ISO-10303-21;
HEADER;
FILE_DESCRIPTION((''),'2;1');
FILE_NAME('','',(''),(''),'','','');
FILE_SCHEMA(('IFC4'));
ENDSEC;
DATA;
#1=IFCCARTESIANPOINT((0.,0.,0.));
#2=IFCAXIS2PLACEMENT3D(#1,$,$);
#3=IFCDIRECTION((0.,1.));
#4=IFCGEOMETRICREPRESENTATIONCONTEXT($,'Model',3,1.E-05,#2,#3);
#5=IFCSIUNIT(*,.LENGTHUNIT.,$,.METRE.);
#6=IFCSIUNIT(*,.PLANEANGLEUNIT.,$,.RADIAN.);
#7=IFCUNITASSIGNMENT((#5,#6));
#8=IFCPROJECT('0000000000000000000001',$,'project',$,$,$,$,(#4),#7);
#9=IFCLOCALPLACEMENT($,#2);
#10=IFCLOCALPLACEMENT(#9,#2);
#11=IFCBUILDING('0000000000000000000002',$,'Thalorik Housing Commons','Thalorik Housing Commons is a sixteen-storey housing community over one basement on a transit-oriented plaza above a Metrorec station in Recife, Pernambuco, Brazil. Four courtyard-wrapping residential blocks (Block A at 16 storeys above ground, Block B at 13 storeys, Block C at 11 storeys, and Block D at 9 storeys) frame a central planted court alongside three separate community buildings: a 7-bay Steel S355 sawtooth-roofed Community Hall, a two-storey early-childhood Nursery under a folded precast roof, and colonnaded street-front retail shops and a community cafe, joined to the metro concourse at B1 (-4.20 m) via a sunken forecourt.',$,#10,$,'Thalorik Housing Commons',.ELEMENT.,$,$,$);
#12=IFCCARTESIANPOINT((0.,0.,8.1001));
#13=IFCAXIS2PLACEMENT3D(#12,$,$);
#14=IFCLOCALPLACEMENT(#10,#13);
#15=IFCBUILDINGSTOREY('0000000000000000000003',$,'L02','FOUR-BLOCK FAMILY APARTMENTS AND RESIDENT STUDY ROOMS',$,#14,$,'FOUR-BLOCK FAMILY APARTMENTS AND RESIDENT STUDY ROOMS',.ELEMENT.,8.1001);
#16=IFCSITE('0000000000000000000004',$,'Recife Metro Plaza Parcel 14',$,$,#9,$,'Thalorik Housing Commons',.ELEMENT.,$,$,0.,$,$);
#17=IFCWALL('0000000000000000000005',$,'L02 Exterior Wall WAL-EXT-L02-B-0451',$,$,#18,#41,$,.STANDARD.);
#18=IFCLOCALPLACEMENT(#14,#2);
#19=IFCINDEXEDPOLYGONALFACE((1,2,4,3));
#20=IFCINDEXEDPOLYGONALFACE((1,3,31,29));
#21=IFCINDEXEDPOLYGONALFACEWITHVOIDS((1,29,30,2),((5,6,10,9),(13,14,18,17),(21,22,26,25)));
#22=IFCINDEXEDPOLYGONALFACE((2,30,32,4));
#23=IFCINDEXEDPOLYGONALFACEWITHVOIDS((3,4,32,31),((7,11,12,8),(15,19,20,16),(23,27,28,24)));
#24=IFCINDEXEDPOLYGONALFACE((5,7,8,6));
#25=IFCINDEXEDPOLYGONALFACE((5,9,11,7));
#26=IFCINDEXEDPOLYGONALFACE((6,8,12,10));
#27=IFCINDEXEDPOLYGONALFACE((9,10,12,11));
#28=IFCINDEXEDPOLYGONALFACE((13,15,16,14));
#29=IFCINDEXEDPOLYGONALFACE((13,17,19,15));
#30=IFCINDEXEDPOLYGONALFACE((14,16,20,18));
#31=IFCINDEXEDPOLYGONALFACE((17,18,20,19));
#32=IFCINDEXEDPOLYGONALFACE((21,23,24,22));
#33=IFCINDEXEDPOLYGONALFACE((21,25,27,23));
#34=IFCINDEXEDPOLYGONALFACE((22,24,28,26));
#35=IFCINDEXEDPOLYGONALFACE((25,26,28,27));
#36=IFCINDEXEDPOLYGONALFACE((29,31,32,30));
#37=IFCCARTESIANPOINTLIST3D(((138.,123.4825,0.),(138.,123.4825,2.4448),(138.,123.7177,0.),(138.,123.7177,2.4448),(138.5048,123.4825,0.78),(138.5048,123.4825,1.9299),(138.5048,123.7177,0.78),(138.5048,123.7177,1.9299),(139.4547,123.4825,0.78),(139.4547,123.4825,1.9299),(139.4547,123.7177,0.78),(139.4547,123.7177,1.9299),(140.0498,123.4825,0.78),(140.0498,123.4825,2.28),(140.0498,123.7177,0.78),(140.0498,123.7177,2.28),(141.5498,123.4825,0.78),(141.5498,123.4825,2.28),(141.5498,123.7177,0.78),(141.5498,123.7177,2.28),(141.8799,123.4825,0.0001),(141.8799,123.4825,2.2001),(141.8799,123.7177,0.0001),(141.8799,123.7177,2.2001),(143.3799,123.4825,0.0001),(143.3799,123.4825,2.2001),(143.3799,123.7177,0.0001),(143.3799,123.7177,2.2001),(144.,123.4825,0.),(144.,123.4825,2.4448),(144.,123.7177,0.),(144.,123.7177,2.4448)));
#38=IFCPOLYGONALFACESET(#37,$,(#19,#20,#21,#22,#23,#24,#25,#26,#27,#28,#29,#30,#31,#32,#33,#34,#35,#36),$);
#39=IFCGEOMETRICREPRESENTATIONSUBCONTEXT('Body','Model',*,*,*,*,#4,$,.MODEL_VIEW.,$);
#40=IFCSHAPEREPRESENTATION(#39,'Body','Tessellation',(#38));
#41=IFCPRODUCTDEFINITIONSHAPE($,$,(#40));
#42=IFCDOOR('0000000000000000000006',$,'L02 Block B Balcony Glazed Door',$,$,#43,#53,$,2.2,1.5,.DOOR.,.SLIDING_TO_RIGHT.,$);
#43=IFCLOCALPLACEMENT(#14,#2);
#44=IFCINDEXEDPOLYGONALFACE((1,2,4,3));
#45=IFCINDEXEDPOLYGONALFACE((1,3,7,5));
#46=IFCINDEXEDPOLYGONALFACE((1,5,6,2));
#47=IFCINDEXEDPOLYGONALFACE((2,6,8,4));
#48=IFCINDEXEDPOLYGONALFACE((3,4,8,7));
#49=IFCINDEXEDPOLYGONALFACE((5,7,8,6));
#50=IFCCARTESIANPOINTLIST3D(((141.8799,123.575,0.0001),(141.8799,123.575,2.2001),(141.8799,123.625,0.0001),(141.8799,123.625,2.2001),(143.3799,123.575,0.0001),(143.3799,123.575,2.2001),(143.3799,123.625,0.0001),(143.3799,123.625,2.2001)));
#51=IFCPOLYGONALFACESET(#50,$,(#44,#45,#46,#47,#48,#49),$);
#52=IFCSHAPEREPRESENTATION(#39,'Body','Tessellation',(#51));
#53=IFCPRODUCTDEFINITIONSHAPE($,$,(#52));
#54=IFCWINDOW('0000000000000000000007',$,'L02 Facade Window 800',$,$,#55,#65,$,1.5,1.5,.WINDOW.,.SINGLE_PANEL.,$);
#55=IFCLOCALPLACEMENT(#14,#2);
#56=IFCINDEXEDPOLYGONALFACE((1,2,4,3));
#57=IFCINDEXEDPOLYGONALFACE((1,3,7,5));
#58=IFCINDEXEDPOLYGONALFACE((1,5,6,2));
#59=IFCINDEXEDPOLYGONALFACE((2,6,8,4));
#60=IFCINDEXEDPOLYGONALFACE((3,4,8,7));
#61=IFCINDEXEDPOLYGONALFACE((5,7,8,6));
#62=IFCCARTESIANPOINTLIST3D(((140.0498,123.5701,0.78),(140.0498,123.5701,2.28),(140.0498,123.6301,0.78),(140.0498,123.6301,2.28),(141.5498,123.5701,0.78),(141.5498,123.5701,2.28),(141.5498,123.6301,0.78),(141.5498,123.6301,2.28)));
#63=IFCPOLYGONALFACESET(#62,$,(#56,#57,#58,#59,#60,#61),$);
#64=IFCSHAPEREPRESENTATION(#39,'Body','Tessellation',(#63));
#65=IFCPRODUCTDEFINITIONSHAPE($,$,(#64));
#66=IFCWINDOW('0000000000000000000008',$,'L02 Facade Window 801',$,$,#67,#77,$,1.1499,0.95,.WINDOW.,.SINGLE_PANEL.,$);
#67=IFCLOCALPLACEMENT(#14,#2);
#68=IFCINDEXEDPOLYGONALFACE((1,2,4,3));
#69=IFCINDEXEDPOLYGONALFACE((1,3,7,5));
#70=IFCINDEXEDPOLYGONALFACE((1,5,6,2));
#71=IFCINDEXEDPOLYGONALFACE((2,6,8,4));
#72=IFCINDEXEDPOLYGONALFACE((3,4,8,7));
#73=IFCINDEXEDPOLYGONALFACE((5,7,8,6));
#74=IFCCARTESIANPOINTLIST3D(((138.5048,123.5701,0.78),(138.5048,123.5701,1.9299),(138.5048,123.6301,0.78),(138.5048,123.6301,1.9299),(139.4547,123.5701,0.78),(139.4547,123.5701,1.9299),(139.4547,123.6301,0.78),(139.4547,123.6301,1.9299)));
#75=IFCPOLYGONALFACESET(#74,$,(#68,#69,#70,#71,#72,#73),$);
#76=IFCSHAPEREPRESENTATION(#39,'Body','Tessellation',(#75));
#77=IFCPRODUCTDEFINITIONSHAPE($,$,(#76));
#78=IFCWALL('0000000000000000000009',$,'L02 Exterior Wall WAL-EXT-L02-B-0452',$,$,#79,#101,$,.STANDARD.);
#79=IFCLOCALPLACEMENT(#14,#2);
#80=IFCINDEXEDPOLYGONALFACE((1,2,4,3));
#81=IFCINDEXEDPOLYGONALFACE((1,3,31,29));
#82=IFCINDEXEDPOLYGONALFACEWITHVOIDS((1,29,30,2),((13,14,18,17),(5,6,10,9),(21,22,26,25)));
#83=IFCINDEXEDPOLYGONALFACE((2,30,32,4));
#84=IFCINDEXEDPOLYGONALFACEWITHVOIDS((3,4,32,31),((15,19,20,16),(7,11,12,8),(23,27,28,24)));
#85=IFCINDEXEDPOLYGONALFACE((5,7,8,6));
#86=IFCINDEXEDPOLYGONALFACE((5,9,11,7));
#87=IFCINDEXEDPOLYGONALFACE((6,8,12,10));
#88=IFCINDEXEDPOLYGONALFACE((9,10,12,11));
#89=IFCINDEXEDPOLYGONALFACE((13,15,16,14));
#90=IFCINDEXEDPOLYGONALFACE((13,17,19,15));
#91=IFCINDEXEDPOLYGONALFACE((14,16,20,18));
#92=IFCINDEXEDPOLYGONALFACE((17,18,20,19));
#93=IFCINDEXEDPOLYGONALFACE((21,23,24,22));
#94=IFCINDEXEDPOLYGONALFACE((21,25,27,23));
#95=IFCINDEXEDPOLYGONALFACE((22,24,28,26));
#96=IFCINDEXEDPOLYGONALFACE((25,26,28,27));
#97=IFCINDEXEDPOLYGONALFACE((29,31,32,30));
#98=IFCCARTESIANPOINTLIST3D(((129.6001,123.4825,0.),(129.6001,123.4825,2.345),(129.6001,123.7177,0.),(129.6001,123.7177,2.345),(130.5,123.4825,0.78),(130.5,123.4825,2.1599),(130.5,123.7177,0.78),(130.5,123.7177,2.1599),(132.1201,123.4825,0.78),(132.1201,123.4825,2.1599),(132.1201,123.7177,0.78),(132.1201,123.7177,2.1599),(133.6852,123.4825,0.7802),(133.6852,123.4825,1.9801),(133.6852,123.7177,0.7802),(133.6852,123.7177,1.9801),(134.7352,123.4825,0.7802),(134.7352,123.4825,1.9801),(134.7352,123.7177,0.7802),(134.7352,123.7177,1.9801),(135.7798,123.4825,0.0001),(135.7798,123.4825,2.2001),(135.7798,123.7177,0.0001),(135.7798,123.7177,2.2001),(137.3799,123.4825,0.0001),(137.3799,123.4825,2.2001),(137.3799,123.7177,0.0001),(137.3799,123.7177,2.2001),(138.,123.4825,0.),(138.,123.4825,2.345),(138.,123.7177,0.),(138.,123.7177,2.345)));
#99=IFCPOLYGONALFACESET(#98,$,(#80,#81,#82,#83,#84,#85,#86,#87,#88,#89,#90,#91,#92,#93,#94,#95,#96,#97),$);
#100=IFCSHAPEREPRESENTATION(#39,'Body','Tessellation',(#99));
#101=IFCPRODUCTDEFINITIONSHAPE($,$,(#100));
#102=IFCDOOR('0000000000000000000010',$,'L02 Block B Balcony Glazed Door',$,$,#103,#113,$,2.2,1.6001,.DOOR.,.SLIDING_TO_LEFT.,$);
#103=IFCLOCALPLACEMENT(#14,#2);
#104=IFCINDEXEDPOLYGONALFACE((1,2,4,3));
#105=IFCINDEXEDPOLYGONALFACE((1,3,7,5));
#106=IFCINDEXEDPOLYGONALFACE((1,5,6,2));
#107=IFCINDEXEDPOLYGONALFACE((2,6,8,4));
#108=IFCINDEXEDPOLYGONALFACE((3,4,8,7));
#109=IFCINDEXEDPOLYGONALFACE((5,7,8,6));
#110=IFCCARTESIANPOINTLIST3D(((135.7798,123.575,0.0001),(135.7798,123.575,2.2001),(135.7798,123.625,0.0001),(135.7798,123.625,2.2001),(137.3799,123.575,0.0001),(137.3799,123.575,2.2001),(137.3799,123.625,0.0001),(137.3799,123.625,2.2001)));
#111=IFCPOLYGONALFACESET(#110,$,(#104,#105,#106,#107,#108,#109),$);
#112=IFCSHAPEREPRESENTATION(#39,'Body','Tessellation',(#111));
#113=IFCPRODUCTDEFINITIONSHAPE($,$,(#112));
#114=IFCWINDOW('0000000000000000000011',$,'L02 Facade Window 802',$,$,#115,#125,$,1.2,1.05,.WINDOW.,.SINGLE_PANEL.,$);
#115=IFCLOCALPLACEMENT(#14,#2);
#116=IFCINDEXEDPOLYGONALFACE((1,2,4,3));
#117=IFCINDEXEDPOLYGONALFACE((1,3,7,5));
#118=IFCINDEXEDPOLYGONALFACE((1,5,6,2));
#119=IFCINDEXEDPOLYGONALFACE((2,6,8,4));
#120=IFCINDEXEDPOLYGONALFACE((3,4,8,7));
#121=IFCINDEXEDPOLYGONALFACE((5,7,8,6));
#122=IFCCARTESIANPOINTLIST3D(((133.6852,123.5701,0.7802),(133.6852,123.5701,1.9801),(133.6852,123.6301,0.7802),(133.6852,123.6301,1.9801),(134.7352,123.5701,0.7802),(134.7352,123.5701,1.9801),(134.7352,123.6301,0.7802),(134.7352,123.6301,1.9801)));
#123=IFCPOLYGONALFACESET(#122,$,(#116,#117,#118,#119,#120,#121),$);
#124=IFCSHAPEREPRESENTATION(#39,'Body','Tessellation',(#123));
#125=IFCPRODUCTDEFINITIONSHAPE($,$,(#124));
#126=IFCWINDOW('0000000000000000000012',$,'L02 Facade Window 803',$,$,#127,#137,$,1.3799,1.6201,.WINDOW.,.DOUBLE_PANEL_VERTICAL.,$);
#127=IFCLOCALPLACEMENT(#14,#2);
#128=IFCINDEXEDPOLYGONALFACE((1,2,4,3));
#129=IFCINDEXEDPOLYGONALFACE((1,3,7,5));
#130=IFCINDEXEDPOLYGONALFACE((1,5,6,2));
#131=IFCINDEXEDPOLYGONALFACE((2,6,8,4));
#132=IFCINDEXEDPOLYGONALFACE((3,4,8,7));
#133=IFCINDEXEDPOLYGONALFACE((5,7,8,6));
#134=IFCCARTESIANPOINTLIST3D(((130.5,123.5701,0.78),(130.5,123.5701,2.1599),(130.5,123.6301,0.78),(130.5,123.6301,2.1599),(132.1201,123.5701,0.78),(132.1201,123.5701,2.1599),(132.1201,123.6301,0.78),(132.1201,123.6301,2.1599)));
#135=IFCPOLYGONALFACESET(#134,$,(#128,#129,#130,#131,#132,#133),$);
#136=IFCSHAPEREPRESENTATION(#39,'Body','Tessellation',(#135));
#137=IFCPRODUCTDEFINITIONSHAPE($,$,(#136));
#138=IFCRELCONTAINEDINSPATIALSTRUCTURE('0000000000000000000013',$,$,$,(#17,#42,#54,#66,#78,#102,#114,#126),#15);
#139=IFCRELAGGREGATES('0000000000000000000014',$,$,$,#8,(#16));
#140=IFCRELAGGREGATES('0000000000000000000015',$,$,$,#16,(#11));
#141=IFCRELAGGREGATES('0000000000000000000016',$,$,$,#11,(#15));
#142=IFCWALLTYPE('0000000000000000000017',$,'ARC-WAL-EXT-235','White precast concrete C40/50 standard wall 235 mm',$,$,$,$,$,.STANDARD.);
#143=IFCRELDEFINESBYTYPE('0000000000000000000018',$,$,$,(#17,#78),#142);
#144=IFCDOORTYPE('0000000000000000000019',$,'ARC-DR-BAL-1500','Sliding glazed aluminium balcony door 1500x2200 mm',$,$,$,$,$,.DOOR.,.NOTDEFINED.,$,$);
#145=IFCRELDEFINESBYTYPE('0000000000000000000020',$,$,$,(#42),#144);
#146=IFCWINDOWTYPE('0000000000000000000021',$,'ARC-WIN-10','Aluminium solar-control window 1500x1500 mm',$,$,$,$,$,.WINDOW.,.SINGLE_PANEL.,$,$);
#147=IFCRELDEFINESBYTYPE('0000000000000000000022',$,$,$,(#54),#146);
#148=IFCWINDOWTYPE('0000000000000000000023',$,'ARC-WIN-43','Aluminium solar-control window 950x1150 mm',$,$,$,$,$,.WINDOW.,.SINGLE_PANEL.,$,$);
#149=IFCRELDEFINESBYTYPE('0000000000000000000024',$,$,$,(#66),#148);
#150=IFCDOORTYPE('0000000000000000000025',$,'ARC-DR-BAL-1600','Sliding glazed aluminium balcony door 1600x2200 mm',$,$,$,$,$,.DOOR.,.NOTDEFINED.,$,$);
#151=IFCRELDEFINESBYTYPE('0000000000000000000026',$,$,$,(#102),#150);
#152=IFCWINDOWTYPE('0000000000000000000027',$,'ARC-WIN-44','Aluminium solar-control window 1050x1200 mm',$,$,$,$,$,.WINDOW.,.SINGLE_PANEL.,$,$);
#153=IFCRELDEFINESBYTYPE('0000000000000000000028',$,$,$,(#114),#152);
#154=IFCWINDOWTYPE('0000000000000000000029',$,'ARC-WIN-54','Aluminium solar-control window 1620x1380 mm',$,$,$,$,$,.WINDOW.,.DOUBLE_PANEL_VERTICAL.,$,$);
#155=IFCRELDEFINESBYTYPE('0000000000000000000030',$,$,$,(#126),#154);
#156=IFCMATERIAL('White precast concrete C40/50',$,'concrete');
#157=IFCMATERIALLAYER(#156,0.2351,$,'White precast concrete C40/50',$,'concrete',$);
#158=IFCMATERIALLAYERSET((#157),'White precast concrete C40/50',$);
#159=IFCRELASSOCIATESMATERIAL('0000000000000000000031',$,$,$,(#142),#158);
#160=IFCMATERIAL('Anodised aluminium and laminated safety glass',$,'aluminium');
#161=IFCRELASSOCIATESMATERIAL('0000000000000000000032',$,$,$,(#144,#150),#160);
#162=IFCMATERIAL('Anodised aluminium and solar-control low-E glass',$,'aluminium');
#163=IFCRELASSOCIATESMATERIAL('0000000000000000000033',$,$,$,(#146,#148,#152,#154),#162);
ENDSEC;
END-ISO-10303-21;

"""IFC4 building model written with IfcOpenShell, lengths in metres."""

from ifc_helpers import new_model, si_unit, direction, frame, frame_2d, origin, place, context, subcontext, project, spatial, rectangle, extrude, material, layer, layer_set, type_object, element, fill, save


model = new_model("IFC4")

# Units and contexts
model_context = context("Model", 3, precision=1e-05, world=origin(), true_north=direction((0.0, 1.0)))
body_context = subcontext(model_context, "Body", "Model", "MODEL_VIEW")
ifc_project = project(units=[si_unit("LENGTHUNIT", "METRE"), si_unit("PLANEANGLEUNIT", "RADIAN")], contexts=[model_context])

# Site, building, storey
site_placement = place(None, origin())
site = spatial("IfcSite", under=ifc_project, at=site_placement, Name="Recife Metro Plaza Parcel 14", LongName="Thalorik Housing Commons", CompositionType="ELEMENT", RefElevation=0.0)
building_placement = place(site_placement, origin())
building = spatial("IfcBuilding", under=site, at=building_placement, Name="Thalorik Housing Commons", Description="Thalorik Housing Commons is a sixteen-storey housing community over one basement on a transit-oriented plaza above a Metrorec station in Recife, Pernambuco, Brazil. Four courtyard-wrapping residential blocks (Block A at 16 storeys above ground, Block B at 13 storeys, Block C at 11 storeys, and Block D at 9 storeys) frame a central planted court alongside three separate community buildings: a 7-bay Steel S355 sawtooth-roofed Community Hall, a two-storey early-childhood Nursery under a folded precast roof, and colonnaded street-front retail shops and a community cafe, joined to the metro concourse at B1 (-4.20 m) via a sunken forecourt.", LongName="Thalorik Housing Commons", CompositionType="ELEMENT")
storey_placement = place(building_placement, frame((0.0, 0.0, 8.1001)))
storey = spatial("IfcBuildingStorey", under=building, at=storey_placement, Name="L02", Description="FOUR-BLOCK FAMILY APARTMENTS AND RESIDENT STUDY ROOMS", LongName="FOUR-BLOCK FAMILY APARTMENTS AND RESIDENT STUDY ROOMS", CompositionType="ELEMENT", Elevation=8.1001)

# Walls, openings, doors, windows
ifc_material_1 = material(Name="White precast concrete C40/50", Category="concrete")
ifc_layer_1 = layer(ifc_material_1, 0.2351, Name="White precast concrete C40/50", Category="concrete")
ifc_layer_set_1 = layer_set([ifc_layer_1], Name="White precast concrete C40/50")
wall_type_1 = type_object("IfcWallType", Name="ARC-WAL-EXT-235", Description="White precast concrete C40/50 standard wall 235 mm", PredefinedType="STANDARD", material=ifc_layer_set_1)
wall_1_placement = place(storey_placement, frame((144.0, 123.6001, 0.0), z_axis=(0.0, 0.0, 1.0), x_axis=(-1.0, 0.0, 0.0)))
wall_1 = element("IfcWall", 1, at=wall_1_placement, inside=storey, type_object=wall_type_1, Name="L02 Exterior Wall WAL-EXT-L02-B-0451", PredefinedType="STANDARD", context=body_context, shape_type="SweptSolid", body=[
    extrude(rectangle(XDim=6.0, YDim=0.2351, at=frame_2d((3.0, 0.0))), origin(), (0.0, 0.0, 1.0), 2.4448),
])
opening_1_placement = place(wall_1_placement, frame((0.6201, 0.0, 0.0)))
opening_1 = element("IfcOpeningElement", 2, at=opening_1_placement, cuts=wall_1, PredefinedType="OPENING", context=body_context, shape_type="SweptSolid", body=[
    extrude(rectangle(XDim=1.5, YDim=2.2, at=frame_2d((0.75, 1.1001))), frame((0.0, 0.1274, 0.0), z_axis=(0.0, -1.0, 0.0), x_axis=(1.0, 0.0, 0.0)), (0.0, 0.0, 1.0), 0.2551),
])
opening_2_placement = place(wall_1_placement, frame((2.4502, 0.0, 0.78)))
opening_2 = element("IfcOpeningElement", 3, at=opening_2_placement, cuts=wall_1, PredefinedType="OPENING", context=body_context, shape_type="SweptSolid", body=[
    extrude(rectangle(XDim=1.5, YDim=1.5, at=frame_2d((0.75, 0.75))), frame((0.0, 0.1274, 0.0), z_axis=(0.0, -1.0, 0.0), x_axis=(1.0, 0.0, 0.0)), (0.0, 0.0, 1.0), 0.2551),
])
opening_3_placement = place(wall_1_placement, frame((4.5452, 0.0, 0.78)))
opening_3 = element("IfcOpeningElement", 4, at=opening_3_placement, cuts=wall_1, PredefinedType="OPENING", context=body_context, shape_type="SweptSolid", body=[
    extrude(rectangle(XDim=0.95, YDim=1.1499, at=frame_2d((0.4751, 0.575))), frame((0.0, 0.1274, 0.0), z_axis=(0.0, -1.0, 0.0), x_axis=(1.0, 0.0, 0.0)), (0.0, 0.0, 1.0), 0.2551),
])
ifc_material_2 = material(Name="Anodised aluminium and laminated safety glass", Category="aluminium")
door_type_1 = type_object("IfcDoorType", Name="ARC-DR-BAL-1500", Description="Sliding glazed aluminium balcony door 1500x2200 mm", OperationType="NOTDEFINED", PredefinedType="DOOR", material=ifc_material_2)
door_1_placement = place(opening_1_placement, frame((1.5, 0.0, 0.0), z_axis=(0.0, 0.0, 1.0), x_axis=(-1.0, 0.0, 0.0)))
door_1 = element("IfcDoor", 5, at=door_1_placement, inside=storey, type_object=door_type_1, Name="L02 Block B Balcony Glazed Door", OperationType="SLIDING_TO_RIGHT", OverallHeight=2.2, OverallWidth=1.5, PredefinedType="DOOR", context=body_context, shape_type="SweptSolid", body=[
    extrude(rectangle(XDim=1.5, YDim=2.2, at=frame_2d((0.75, 1.1001))), frame((0.0, 0.0249, 0.0), z_axis=(0.0, -1.0, 0.0), x_axis=(1.0, 0.0, 0.0)), (0.0, 0.0, 1.0), 0.05),
])
fill(opening_1, door_1)
ifc_material_3 = material(Name="Anodised aluminium and solar-control low-E glass", Category="aluminium")
window_type_1 = type_object("IfcWindowType", Name="ARC-WIN-10", Description="Aluminium solar-control window 1500x1500 mm", PartitioningType="SINGLE_PANEL", PredefinedType="WINDOW", material=ifc_material_3)
window_1_placement = place(opening_2_placement, origin())
window_1 = element("IfcWindow", 6, at=window_1_placement, inside=storey, type_object=window_type_1, Name="L02 Facade Window 800", OverallHeight=1.5, OverallWidth=1.5, PartitioningType="SINGLE_PANEL", PredefinedType="WINDOW", context=body_context, shape_type="SweptSolid", body=[
    extrude(rectangle(XDim=1.5, YDim=1.5, at=frame_2d((0.75, 0.75))), frame((0.0, 0.03, 0.0), z_axis=(0.0, -1.0, 0.0), x_axis=(1.0, 0.0, 0.0)), (0.0, 0.0, 1.0), 0.0601),
])
fill(opening_2, window_1)
window_type_2 = type_object("IfcWindowType", Name="ARC-WIN-43", Description="Aluminium solar-control window 950x1150 mm", PartitioningType="SINGLE_PANEL", PredefinedType="WINDOW", material=ifc_material_3)
window_2_placement = place(opening_3_placement, origin())
window_2 = element("IfcWindow", 7, at=window_2_placement, inside=storey, type_object=window_type_2, Name="L02 Facade Window 801", OverallHeight=1.1499, OverallWidth=0.95, PartitioningType="SINGLE_PANEL", PredefinedType="WINDOW", context=body_context, shape_type="SweptSolid", body=[
    extrude(rectangle(XDim=0.95, YDim=1.1499, at=frame_2d((0.4751, 0.575))), frame((0.0, 0.03, 0.0), z_axis=(0.0, -1.0, 0.0), x_axis=(1.0, 0.0, 0.0)), (0.0, 0.0, 1.0), 0.0601),
])
fill(opening_3, window_2)
wall_2_placement = place(storey_placement, frame((138.0, 123.6001, 0.0), z_axis=(0.0, 0.0, 1.0), x_axis=(-1.0, 0.0, 0.0)))
wall_2 = element("IfcWall", 8, at=wall_2_placement, inside=storey, type_object=wall_type_1, Name="L02 Exterior Wall WAL-EXT-L02-B-0452", PredefinedType="STANDARD", context=body_context, shape_type="SweptSolid", body=[
    extrude(rectangle(XDim=8.3999, YDim=0.2351, at=frame_2d((4.2, 0.0))), origin(), (0.0, 0.0, 1.0), 2.345),
])
opening_4_placement = place(wall_2_placement, frame((0.6201, 0.0, 0.0)))
opening_4 = element("IfcOpeningElement", 9, at=opening_4_placement, cuts=wall_2, PredefinedType="OPENING", context=body_context, shape_type="SweptSolid", body=[
    extrude(rectangle(XDim=1.6001, YDim=2.2, at=frame_2d((0.8, 1.1001))), frame((0.0, 0.1274, 0.0), z_axis=(0.0, -1.0, 0.0), x_axis=(1.0, 0.0, 0.0)), (0.0, 0.0, 1.0), 0.2551),
])
opening_5_placement = place(wall_2_placement, frame((3.2649, 0.0, 0.78)))
opening_5 = element("IfcOpeningElement", 10, at=opening_5_placement, cuts=wall_2, PredefinedType="OPENING", context=body_context, shape_type="SweptSolid", body=[
    extrude(rectangle(XDim=1.05, YDim=1.2, at=frame_2d((0.5249, 0.6001))), frame((0.0, 0.1274, 0.0), z_axis=(0.0, -1.0, 0.0), x_axis=(1.0, 0.0, 0.0)), (0.0, 0.0, 1.0), 0.2551),
])
opening_6_placement = place(wall_2_placement, frame((5.8799, 0.0, 0.78)))
opening_6 = element("IfcOpeningElement", 11, at=opening_6_placement, cuts=wall_2, PredefinedType="OPENING", context=body_context, shape_type="SweptSolid", body=[
    extrude(rectangle(XDim=1.6201, YDim=1.3799, at=frame_2d((0.8101, 0.6899))), frame((0.0, 0.1274, 0.0), z_axis=(0.0, -1.0, 0.0), x_axis=(1.0, 0.0, 0.0)), (0.0, 0.0, 1.0), 0.2551),
])
door_type_2 = type_object("IfcDoorType", Name="ARC-DR-BAL-1600", Description="Sliding glazed aluminium balcony door 1600x2200 mm", OperationType="NOTDEFINED", PredefinedType="DOOR", material=ifc_material_2)
door_2_placement = place(opening_4_placement, frame((1.6001, 0.0, 0.0), z_axis=(0.0, 0.0, 1.0), x_axis=(-1.0, 0.0, 0.0)))
door_2 = element("IfcDoor", 12, at=door_2_placement, inside=storey, type_object=door_type_2, Name="L02 Block B Balcony Glazed Door", OperationType="SLIDING_TO_LEFT", OverallHeight=2.2, OverallWidth=1.6001, PredefinedType="DOOR", context=body_context, shape_type="SweptSolid", body=[
    extrude(rectangle(XDim=1.6001, YDim=2.2, at=frame_2d((0.8, 1.1001))), frame((0.0, 0.0249, 0.0), z_axis=(0.0, -1.0, 0.0), x_axis=(1.0, 0.0, 0.0)), (0.0, 0.0, 1.0), 0.05),
])
fill(opening_4, door_2)
window_type_3 = type_object("IfcWindowType", Name="ARC-WIN-44", Description="Aluminium solar-control window 1050x1200 mm", PartitioningType="SINGLE_PANEL", PredefinedType="WINDOW", material=ifc_material_3)
window_3_placement = place(opening_5_placement, origin())
window_3 = element("IfcWindow", 13, at=window_3_placement, inside=storey, type_object=window_type_3, Name="L02 Facade Window 802", OverallHeight=1.2, OverallWidth=1.05, PartitioningType="SINGLE_PANEL", PredefinedType="WINDOW", context=body_context, shape_type="SweptSolid", body=[
    extrude(rectangle(XDim=1.05, YDim=1.2, at=frame_2d((0.5249, 0.6001))), frame((0.0, 0.03, 0.0), z_axis=(0.0, -1.0, 0.0), x_axis=(1.0, 0.0, 0.0)), (0.0, 0.0, 1.0), 0.0601),
])
fill(opening_5, window_3)
window_type_4 = type_object("IfcWindowType", Name="ARC-WIN-54", Description="Aluminium solar-control window 1620x1380 mm", PartitioningType="DOUBLE_PANEL_VERTICAL", PredefinedType="WINDOW", material=ifc_material_3)
window_4_placement = place(opening_6_placement, origin())
window_4 = element("IfcWindow", 14, at=window_4_placement, inside=storey, type_object=window_type_4, Name="L02 Facade Window 803", OverallHeight=1.3799, OverallWidth=1.6201, PartitioningType="DOUBLE_PANEL_VERTICAL", PredefinedType="WINDOW", context=body_context, shape_type="SweptSolid", body=[
    extrude(rectangle(XDim=1.6201, YDim=1.3799, at=frame_2d((0.8101, 0.6899))), frame((0.0, 0.03, 0.0), z_axis=(0.0, -1.0, 0.0), x_axis=(1.0, 0.0, 0.0)), (0.0, 0.0, 1.0), 0.0601),
])
fill(opening_6, window_4)

save(model, "model.ifc")
